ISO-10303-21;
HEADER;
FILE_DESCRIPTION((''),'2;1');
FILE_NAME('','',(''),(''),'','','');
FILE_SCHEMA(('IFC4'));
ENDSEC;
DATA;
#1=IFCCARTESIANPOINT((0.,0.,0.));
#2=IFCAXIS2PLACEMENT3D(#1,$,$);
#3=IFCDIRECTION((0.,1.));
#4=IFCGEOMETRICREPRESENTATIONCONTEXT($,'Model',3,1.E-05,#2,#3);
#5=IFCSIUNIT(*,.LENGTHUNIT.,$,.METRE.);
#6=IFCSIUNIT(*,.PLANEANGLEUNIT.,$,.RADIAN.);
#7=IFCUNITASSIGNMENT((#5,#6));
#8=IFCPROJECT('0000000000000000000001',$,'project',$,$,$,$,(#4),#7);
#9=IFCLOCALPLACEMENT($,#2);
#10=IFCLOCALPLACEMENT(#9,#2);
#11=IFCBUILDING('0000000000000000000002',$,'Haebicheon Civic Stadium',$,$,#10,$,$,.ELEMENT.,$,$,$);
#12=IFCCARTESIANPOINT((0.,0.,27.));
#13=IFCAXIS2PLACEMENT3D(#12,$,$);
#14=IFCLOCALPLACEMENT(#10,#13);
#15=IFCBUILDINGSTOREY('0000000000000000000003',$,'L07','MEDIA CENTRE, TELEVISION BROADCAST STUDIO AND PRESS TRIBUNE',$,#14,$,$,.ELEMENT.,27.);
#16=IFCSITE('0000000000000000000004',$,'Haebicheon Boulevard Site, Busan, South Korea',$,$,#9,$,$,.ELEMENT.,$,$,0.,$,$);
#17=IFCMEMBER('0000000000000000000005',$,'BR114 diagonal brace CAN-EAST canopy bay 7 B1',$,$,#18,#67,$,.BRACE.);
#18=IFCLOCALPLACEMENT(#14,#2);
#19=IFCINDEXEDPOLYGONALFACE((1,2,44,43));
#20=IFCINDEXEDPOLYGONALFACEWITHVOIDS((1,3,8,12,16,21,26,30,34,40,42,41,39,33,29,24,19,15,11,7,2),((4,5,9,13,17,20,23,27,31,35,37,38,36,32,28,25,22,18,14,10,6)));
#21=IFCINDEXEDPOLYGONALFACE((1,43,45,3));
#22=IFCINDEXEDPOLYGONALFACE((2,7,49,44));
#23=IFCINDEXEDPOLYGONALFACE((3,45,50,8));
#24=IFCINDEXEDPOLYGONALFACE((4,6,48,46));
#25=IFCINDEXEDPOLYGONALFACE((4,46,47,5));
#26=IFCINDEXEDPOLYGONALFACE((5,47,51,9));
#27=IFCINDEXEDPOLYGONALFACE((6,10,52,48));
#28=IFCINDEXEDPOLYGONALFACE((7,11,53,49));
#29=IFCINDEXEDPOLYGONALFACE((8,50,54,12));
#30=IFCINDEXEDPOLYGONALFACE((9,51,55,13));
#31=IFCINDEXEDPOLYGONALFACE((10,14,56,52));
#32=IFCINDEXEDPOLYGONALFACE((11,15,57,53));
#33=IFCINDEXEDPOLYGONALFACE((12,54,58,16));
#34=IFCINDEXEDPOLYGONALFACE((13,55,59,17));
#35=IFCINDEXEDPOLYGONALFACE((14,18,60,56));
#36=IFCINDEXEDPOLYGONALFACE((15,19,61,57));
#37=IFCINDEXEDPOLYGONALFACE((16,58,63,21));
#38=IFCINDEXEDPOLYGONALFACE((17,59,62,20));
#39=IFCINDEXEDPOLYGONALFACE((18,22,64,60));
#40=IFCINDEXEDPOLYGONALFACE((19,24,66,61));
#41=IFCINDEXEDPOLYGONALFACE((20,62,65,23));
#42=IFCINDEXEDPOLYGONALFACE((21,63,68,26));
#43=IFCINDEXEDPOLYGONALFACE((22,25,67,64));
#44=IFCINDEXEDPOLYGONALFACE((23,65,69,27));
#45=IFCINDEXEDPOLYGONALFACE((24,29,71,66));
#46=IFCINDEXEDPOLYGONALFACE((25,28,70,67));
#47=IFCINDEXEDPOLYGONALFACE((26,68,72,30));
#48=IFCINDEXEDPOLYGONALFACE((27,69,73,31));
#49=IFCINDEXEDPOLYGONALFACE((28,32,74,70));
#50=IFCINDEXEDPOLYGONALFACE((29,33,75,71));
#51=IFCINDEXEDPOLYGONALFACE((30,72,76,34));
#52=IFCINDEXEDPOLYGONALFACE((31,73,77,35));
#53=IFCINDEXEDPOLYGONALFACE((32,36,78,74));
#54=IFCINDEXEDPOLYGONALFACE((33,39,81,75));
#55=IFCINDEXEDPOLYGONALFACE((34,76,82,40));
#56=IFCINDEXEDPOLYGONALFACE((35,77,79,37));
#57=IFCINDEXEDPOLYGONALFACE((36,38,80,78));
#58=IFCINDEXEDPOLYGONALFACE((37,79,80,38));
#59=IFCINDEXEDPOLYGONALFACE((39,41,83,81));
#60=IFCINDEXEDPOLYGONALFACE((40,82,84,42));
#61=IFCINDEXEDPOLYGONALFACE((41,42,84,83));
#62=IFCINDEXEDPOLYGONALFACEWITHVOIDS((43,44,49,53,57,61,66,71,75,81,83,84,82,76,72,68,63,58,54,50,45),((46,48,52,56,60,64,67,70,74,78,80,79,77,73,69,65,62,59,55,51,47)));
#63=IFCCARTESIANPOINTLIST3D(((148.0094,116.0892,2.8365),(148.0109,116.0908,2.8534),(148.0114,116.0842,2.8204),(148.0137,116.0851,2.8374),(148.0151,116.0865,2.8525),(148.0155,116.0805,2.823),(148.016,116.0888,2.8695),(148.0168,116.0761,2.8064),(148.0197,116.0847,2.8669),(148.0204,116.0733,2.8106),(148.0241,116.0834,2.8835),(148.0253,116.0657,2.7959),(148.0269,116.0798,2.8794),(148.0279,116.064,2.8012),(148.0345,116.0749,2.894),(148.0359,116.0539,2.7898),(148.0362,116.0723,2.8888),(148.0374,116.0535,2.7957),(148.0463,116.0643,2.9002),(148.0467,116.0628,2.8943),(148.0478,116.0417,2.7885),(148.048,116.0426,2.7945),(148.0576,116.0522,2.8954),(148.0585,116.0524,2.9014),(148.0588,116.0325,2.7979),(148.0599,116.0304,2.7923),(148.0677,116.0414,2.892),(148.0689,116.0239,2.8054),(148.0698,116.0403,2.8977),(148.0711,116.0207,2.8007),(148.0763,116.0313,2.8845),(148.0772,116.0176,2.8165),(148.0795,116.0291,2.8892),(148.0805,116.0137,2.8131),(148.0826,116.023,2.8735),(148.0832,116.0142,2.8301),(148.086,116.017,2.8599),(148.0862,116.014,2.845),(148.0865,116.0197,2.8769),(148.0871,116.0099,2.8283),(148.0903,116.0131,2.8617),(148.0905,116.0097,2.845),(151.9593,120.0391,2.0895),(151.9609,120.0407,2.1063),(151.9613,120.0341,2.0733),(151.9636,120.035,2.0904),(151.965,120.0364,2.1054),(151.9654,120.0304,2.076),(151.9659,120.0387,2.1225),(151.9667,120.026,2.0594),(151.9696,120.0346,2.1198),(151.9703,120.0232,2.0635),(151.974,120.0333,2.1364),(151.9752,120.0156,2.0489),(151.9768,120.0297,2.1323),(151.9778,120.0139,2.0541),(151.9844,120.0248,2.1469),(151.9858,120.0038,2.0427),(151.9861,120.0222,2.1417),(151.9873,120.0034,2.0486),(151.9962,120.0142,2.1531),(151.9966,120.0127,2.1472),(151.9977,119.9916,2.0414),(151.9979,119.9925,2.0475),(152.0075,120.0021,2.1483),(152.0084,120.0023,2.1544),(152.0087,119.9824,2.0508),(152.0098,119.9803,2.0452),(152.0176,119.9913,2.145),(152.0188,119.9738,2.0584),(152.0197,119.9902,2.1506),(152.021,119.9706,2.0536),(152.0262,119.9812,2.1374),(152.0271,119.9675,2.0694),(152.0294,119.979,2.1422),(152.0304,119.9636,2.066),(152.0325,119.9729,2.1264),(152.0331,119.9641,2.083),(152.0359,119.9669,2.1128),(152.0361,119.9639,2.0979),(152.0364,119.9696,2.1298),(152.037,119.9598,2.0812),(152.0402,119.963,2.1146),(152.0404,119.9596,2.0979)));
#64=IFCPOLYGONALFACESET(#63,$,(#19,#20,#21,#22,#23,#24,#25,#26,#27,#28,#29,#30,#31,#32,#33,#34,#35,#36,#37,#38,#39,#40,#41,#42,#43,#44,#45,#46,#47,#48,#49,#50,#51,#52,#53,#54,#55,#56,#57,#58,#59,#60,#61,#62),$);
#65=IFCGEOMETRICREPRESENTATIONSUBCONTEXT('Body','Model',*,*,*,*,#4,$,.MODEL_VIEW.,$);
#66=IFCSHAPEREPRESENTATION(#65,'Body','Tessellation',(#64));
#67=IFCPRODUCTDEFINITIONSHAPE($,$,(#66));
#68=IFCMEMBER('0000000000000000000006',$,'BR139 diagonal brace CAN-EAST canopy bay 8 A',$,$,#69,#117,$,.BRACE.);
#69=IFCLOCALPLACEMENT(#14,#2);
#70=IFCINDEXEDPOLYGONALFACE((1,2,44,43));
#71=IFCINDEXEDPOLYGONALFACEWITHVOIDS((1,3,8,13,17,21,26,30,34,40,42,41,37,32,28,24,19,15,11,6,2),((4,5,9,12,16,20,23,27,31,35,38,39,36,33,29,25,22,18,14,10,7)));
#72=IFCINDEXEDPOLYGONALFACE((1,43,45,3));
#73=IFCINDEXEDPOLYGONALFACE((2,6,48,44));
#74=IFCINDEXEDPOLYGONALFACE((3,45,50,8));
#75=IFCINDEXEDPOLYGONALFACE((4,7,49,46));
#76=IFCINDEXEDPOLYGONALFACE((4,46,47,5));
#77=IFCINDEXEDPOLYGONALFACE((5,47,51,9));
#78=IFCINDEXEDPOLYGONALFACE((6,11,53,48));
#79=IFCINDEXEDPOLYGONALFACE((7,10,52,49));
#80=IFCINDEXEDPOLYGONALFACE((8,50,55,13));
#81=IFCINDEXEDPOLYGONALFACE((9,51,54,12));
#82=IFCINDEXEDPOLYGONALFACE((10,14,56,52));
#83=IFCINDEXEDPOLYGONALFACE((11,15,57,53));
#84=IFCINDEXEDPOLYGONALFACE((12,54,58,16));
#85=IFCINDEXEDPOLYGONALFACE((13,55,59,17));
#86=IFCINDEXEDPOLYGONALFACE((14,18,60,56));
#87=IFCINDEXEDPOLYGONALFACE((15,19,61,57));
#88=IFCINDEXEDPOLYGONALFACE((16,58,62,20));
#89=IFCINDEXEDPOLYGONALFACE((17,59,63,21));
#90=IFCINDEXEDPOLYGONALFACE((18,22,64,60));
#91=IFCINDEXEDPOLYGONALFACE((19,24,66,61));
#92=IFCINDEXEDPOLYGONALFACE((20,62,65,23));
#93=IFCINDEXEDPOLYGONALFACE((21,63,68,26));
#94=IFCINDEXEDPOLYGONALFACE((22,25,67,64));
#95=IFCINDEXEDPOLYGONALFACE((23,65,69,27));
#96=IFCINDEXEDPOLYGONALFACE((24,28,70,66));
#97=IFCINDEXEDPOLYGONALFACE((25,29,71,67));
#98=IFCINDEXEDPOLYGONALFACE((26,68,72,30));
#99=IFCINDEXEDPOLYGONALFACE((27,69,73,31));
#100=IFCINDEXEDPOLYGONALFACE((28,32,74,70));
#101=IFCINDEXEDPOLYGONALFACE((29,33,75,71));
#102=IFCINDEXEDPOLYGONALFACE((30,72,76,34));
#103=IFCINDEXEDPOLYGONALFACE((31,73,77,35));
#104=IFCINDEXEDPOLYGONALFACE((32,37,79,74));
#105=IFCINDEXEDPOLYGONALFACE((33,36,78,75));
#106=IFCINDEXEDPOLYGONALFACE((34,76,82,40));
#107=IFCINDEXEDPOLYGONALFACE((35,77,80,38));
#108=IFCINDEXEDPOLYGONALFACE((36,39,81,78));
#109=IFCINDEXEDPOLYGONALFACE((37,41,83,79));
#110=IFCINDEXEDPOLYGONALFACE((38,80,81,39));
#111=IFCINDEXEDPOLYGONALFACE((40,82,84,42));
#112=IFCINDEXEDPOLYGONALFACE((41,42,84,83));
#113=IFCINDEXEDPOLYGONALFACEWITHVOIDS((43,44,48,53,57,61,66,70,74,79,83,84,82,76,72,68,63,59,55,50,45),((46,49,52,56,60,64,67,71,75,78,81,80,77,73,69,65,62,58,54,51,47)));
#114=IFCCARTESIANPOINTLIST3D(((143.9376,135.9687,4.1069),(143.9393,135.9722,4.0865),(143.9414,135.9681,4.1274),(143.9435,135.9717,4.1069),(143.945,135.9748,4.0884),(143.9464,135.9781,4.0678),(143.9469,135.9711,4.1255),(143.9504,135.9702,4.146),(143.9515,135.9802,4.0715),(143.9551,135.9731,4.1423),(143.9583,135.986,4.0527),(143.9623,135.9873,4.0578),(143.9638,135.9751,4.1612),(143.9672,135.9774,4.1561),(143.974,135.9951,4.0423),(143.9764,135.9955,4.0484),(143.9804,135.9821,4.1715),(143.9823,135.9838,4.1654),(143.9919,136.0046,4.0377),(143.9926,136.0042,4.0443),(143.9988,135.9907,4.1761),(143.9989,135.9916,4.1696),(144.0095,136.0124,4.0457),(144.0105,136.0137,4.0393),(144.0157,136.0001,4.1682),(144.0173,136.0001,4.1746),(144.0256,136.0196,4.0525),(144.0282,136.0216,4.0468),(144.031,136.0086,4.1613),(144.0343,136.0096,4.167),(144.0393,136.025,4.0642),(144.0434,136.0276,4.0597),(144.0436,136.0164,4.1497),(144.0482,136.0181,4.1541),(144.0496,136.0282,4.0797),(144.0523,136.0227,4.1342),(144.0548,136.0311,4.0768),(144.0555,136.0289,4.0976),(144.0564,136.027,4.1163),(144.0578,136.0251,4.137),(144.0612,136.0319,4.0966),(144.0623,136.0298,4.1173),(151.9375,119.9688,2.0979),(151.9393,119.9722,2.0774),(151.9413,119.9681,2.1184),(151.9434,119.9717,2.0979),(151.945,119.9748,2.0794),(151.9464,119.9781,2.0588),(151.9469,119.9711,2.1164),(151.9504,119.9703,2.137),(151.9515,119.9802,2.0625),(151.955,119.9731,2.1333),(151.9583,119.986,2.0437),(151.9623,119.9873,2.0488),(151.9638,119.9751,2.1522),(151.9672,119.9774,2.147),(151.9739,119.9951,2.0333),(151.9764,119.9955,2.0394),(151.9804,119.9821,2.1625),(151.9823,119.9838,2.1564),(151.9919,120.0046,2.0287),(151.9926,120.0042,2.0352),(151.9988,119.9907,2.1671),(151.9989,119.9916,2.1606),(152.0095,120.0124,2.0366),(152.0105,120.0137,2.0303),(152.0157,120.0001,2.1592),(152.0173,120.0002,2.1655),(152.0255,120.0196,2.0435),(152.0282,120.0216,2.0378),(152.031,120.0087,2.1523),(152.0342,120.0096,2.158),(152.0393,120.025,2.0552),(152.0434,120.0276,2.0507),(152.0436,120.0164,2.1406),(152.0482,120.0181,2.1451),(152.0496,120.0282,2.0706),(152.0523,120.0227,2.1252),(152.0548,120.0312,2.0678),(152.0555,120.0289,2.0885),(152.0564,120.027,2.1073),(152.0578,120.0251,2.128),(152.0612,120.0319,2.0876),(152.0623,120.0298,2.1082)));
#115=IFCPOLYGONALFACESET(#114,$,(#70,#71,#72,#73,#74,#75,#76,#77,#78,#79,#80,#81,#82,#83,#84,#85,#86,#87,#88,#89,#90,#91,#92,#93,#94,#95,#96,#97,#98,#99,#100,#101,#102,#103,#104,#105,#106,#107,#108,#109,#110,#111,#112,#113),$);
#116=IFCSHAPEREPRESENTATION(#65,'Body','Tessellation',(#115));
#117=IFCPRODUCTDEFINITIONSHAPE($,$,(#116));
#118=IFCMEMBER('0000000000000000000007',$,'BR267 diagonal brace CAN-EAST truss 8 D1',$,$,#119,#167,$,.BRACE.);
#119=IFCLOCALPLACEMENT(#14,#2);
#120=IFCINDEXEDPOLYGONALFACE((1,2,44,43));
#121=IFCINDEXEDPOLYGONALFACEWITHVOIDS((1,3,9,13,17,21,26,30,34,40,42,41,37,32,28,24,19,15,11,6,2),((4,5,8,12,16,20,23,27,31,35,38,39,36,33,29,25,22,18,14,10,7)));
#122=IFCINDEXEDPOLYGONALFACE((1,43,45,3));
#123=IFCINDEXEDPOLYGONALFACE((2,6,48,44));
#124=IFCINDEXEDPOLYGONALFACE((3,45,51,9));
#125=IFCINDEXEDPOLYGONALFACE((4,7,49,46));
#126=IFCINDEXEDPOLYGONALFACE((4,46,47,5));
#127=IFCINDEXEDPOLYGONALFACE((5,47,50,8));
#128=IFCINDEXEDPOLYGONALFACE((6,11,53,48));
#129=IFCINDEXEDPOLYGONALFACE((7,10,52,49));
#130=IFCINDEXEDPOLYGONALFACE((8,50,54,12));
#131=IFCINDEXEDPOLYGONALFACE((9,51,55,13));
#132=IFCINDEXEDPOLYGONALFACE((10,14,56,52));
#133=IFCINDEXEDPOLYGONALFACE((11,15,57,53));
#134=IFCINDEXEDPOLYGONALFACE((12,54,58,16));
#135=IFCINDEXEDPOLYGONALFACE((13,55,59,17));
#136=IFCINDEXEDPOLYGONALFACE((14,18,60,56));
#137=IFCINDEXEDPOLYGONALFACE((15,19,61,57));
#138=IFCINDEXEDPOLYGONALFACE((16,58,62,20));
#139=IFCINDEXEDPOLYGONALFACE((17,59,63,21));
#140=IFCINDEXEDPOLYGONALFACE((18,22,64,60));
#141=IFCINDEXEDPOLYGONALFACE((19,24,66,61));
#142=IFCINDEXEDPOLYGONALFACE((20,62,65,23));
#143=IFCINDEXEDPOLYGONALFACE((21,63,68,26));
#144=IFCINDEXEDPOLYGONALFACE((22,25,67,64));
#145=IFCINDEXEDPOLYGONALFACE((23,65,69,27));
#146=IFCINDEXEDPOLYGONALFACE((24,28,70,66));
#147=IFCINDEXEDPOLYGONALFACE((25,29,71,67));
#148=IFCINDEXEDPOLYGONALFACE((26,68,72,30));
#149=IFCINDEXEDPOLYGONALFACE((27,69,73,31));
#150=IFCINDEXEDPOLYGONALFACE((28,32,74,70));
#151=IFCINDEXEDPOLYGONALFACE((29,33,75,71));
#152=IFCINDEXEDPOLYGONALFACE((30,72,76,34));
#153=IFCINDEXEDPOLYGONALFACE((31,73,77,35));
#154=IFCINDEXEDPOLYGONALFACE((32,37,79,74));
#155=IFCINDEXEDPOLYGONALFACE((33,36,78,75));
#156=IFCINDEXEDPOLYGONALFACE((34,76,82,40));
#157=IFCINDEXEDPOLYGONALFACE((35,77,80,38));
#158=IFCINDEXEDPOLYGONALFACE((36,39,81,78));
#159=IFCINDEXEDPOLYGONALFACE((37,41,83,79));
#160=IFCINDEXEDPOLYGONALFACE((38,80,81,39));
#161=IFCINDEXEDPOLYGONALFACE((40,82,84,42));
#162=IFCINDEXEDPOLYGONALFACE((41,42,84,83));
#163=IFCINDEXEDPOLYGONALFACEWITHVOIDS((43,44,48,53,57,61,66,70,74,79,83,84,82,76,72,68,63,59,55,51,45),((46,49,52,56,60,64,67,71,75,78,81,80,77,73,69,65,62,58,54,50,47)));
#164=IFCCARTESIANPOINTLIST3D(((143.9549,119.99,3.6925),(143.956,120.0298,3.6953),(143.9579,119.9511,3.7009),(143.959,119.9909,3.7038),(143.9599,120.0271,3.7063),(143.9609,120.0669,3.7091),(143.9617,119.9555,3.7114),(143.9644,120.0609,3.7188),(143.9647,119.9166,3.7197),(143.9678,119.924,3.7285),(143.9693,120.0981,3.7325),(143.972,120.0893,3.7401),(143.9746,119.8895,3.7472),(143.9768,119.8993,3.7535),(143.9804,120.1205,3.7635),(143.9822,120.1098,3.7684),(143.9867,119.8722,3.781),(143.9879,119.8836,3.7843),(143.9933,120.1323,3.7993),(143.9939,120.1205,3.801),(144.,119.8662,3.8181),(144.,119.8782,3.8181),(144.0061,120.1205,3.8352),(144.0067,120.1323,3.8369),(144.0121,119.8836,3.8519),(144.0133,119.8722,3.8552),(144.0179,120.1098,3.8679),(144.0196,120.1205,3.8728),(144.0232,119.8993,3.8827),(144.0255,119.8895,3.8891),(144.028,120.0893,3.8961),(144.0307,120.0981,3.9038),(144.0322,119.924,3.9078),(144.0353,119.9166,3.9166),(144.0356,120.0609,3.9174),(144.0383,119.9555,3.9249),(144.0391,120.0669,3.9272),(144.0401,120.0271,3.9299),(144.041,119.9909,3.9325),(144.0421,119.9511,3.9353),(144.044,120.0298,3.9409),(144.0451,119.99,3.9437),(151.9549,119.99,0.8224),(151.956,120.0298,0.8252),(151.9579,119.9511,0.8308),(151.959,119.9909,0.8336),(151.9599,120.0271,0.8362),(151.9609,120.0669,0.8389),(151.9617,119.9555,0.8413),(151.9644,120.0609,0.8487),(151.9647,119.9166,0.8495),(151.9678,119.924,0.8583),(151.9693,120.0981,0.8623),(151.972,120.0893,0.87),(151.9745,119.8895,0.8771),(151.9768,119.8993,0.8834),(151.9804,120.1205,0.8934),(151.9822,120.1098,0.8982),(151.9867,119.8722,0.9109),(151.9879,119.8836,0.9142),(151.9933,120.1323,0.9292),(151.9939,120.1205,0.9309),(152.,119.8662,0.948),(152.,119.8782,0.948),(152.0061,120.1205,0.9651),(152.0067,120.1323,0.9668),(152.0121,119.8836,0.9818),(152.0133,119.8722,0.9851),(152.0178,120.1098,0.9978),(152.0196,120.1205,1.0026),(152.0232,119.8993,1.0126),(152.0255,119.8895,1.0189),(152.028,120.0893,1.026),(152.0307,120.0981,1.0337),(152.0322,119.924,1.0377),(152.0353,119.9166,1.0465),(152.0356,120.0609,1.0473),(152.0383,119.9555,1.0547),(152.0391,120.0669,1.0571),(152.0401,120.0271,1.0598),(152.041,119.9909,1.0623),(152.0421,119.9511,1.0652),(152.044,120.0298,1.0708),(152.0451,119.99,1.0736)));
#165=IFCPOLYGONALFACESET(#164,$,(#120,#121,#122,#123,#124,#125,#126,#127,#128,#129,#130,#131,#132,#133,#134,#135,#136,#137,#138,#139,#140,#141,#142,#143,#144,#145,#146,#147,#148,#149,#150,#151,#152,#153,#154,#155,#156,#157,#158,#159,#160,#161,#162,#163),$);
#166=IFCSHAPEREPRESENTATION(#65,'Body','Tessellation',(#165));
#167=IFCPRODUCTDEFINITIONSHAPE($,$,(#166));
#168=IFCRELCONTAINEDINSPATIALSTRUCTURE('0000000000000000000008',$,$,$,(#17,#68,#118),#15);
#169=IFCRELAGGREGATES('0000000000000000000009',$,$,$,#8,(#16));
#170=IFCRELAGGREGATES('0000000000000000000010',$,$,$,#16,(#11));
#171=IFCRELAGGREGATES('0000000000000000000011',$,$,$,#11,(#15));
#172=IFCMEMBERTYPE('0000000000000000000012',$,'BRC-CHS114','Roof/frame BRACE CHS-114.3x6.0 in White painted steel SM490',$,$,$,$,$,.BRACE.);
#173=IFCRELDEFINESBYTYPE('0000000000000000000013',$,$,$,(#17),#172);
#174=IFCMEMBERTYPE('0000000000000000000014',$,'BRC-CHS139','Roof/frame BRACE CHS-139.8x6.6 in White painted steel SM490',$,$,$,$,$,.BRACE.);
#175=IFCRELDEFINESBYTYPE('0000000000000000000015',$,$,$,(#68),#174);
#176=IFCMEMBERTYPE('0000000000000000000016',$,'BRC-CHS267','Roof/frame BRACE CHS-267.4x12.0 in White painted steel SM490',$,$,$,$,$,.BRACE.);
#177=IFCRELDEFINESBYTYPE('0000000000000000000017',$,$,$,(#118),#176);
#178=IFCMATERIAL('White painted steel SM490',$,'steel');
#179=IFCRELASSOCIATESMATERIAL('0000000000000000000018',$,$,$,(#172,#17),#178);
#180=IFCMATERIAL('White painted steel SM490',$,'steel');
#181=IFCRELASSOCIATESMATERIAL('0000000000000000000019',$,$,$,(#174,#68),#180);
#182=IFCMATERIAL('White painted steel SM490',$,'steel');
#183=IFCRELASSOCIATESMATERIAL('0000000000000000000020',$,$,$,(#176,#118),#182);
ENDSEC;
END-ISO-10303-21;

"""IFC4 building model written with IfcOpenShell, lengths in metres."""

from ifc_helpers import new_model, si_unit, direction, frame, origin, origin_2d, place, context, subcontext, project, spatial, hollow_circle, extrude, material, material_profile, profile_set, type_object, element, save


model = new_model("IFC4")

# Units and contexts
model_context = context("Model", 3, precision=1e-05, world=origin(), true_north=direction((0.0, 1.0)))
body_context = subcontext(model_context, "Body", "Model", "MODEL_VIEW")
ifc_project = project(units=[si_unit("LENGTHUNIT", "METRE"), si_unit("PLANEANGLEUNIT", "RADIAN")], contexts=[model_context])

# Site, building, storey
site_placement = place(None, origin())
site = spatial("IfcSite", under=ifc_project, at=site_placement, Name="Haebicheon Boulevard Site, Busan, South Korea", CompositionType="ELEMENT", RefElevation=0.0)
building_placement = place(site_placement, origin())
building = spatial("IfcBuilding", under=site, at=building_placement, Name="Haebicheon Civic Stadium", CompositionType="ELEMENT")
storey_placement = place(building_placement, frame((0.0, 0.0, 27.0)))
storey = spatial("IfcBuildingStorey", under=building, at=storey_placement, Name="L07", Description="MEDIA CENTRE, TELEVISION BROADCAST STUDIO AND PRESS TRIBUNE", CompositionType="ELEMENT", Elevation=27.0)

# Members
ifc_material_1 = material(Name="White painted steel SM490", Category="steel")
ifc_material_profile_1 = material_profile(ifc_material_1, hollow_circle(Radius=0.0571, WallThickness=0.0061, at=origin_2d()), Name="CHS-114.3x6.0")
ifc_profile_set_1 = profile_set([ifc_material_profile_1], Name="White painted steel SM490")
member_type_1 = type_object("IfcMemberType", Name="BRC-CHS114", Description="Roof/frame BRACE CHS-114.3x6.0 in White painted steel SM490", PredefinedType="BRACE", material=ifc_profile_set_1)
member_1_placement = place(storey_placement, frame((152.0, 120.0, 2.0979), z_axis=(-0.700867, -0.700867, 0.132558), x_axis=(0.707107, -0.707107, 0.0)))
element("IfcMember", 1, at=member_1_placement, inside=storey, type_object=member_type_1, material=ifc_profile_set_1, Name="BR114 diagonal brace CAN-EAST canopy bay 7 B1", PredefinedType="BRACE", context=body_context, shape_type="SweptSolid", body=[
    extrude(hollow_circle(Radius=0.0571, WallThickness=0.0061, at=origin_2d()), origin(), (0.0, 0.0, 1.0), 5.6357),
])
ifc_material_2 = material(Name="White painted steel SM490", Category="steel")
ifc_material_profile_2 = material_profile(ifc_material_2, hollow_circle(Radius=0.0698, WallThickness=0.0066, at=origin_2d()), Name="CHS-139.8x6.6")
ifc_profile_set_2 = profile_set([ifc_material_profile_2], Name="White painted steel SM490")
member_type_2 = type_object("IfcMemberType", Name="BRC-CHS139", Description="Roof/frame BRACE CHS-139.8x6.6 in White painted steel SM490", PredefinedType="BRACE", material=ifc_profile_set_2)
member_2_placement = place(storey_placement, frame((152.0, 120.0, 2.0979), z_axis=(-0.44442, 0.888839, 0.111607), x_axis=(-0.894427, -0.447214, 0.0)))
element("IfcMember", 2, at=member_2_placement, inside=storey, type_object=member_type_2, material=ifc_profile_set_2, Name="BR139 diagonal brace CAN-EAST canopy bay 8 A", PredefinedType="BRACE", context=body_context, shape_type="SweptSolid", body=[
    extrude(hollow_circle(Radius=0.0698, WallThickness=0.0066, at=origin_2d()), origin(), (0.0, 0.0, 1.0), 18.001),
])
ifc_material_3 = material(Name="White painted steel SM490", Category="steel")
ifc_material_profile_3 = material_profile(ifc_material_3, hollow_circle(Radius=0.1338, WallThickness=0.012, at=origin_2d()), Name="CHS-267.4x12.0")
ifc_profile_set_3 = profile_set([ifc_material_profile_3], Name="White painted steel SM490")
member_type_3 = type_object("IfcMemberType", Name="BRC-CHS267", Description="Roof/frame BRACE CHS-267.4x12.0 in White painted steel SM490", PredefinedType="BRACE", material=ifc_profile_set_3)
member_3_placement = place(storey_placement, frame((152.0, 120.0, 0.948), z_axis=(-0.941257, 0.0, 0.33769), x_axis=(0.0, -1.0, 0.0)))
element("IfcMember", 3, at=member_3_placement, inside=storey, type_object=member_type_3, material=ifc_profile_set_3, Name="BR267 diagonal brace CAN-EAST truss 8 D1", PredefinedType="BRACE", context=body_context, shape_type="SweptSolid", body=[
    extrude(hollow_circle(Radius=0.1338, WallThickness=0.012, at=origin_2d()), origin(), (0.0, 0.0, 1.0), 8.4993),
])

save(model, "model.ifc")
